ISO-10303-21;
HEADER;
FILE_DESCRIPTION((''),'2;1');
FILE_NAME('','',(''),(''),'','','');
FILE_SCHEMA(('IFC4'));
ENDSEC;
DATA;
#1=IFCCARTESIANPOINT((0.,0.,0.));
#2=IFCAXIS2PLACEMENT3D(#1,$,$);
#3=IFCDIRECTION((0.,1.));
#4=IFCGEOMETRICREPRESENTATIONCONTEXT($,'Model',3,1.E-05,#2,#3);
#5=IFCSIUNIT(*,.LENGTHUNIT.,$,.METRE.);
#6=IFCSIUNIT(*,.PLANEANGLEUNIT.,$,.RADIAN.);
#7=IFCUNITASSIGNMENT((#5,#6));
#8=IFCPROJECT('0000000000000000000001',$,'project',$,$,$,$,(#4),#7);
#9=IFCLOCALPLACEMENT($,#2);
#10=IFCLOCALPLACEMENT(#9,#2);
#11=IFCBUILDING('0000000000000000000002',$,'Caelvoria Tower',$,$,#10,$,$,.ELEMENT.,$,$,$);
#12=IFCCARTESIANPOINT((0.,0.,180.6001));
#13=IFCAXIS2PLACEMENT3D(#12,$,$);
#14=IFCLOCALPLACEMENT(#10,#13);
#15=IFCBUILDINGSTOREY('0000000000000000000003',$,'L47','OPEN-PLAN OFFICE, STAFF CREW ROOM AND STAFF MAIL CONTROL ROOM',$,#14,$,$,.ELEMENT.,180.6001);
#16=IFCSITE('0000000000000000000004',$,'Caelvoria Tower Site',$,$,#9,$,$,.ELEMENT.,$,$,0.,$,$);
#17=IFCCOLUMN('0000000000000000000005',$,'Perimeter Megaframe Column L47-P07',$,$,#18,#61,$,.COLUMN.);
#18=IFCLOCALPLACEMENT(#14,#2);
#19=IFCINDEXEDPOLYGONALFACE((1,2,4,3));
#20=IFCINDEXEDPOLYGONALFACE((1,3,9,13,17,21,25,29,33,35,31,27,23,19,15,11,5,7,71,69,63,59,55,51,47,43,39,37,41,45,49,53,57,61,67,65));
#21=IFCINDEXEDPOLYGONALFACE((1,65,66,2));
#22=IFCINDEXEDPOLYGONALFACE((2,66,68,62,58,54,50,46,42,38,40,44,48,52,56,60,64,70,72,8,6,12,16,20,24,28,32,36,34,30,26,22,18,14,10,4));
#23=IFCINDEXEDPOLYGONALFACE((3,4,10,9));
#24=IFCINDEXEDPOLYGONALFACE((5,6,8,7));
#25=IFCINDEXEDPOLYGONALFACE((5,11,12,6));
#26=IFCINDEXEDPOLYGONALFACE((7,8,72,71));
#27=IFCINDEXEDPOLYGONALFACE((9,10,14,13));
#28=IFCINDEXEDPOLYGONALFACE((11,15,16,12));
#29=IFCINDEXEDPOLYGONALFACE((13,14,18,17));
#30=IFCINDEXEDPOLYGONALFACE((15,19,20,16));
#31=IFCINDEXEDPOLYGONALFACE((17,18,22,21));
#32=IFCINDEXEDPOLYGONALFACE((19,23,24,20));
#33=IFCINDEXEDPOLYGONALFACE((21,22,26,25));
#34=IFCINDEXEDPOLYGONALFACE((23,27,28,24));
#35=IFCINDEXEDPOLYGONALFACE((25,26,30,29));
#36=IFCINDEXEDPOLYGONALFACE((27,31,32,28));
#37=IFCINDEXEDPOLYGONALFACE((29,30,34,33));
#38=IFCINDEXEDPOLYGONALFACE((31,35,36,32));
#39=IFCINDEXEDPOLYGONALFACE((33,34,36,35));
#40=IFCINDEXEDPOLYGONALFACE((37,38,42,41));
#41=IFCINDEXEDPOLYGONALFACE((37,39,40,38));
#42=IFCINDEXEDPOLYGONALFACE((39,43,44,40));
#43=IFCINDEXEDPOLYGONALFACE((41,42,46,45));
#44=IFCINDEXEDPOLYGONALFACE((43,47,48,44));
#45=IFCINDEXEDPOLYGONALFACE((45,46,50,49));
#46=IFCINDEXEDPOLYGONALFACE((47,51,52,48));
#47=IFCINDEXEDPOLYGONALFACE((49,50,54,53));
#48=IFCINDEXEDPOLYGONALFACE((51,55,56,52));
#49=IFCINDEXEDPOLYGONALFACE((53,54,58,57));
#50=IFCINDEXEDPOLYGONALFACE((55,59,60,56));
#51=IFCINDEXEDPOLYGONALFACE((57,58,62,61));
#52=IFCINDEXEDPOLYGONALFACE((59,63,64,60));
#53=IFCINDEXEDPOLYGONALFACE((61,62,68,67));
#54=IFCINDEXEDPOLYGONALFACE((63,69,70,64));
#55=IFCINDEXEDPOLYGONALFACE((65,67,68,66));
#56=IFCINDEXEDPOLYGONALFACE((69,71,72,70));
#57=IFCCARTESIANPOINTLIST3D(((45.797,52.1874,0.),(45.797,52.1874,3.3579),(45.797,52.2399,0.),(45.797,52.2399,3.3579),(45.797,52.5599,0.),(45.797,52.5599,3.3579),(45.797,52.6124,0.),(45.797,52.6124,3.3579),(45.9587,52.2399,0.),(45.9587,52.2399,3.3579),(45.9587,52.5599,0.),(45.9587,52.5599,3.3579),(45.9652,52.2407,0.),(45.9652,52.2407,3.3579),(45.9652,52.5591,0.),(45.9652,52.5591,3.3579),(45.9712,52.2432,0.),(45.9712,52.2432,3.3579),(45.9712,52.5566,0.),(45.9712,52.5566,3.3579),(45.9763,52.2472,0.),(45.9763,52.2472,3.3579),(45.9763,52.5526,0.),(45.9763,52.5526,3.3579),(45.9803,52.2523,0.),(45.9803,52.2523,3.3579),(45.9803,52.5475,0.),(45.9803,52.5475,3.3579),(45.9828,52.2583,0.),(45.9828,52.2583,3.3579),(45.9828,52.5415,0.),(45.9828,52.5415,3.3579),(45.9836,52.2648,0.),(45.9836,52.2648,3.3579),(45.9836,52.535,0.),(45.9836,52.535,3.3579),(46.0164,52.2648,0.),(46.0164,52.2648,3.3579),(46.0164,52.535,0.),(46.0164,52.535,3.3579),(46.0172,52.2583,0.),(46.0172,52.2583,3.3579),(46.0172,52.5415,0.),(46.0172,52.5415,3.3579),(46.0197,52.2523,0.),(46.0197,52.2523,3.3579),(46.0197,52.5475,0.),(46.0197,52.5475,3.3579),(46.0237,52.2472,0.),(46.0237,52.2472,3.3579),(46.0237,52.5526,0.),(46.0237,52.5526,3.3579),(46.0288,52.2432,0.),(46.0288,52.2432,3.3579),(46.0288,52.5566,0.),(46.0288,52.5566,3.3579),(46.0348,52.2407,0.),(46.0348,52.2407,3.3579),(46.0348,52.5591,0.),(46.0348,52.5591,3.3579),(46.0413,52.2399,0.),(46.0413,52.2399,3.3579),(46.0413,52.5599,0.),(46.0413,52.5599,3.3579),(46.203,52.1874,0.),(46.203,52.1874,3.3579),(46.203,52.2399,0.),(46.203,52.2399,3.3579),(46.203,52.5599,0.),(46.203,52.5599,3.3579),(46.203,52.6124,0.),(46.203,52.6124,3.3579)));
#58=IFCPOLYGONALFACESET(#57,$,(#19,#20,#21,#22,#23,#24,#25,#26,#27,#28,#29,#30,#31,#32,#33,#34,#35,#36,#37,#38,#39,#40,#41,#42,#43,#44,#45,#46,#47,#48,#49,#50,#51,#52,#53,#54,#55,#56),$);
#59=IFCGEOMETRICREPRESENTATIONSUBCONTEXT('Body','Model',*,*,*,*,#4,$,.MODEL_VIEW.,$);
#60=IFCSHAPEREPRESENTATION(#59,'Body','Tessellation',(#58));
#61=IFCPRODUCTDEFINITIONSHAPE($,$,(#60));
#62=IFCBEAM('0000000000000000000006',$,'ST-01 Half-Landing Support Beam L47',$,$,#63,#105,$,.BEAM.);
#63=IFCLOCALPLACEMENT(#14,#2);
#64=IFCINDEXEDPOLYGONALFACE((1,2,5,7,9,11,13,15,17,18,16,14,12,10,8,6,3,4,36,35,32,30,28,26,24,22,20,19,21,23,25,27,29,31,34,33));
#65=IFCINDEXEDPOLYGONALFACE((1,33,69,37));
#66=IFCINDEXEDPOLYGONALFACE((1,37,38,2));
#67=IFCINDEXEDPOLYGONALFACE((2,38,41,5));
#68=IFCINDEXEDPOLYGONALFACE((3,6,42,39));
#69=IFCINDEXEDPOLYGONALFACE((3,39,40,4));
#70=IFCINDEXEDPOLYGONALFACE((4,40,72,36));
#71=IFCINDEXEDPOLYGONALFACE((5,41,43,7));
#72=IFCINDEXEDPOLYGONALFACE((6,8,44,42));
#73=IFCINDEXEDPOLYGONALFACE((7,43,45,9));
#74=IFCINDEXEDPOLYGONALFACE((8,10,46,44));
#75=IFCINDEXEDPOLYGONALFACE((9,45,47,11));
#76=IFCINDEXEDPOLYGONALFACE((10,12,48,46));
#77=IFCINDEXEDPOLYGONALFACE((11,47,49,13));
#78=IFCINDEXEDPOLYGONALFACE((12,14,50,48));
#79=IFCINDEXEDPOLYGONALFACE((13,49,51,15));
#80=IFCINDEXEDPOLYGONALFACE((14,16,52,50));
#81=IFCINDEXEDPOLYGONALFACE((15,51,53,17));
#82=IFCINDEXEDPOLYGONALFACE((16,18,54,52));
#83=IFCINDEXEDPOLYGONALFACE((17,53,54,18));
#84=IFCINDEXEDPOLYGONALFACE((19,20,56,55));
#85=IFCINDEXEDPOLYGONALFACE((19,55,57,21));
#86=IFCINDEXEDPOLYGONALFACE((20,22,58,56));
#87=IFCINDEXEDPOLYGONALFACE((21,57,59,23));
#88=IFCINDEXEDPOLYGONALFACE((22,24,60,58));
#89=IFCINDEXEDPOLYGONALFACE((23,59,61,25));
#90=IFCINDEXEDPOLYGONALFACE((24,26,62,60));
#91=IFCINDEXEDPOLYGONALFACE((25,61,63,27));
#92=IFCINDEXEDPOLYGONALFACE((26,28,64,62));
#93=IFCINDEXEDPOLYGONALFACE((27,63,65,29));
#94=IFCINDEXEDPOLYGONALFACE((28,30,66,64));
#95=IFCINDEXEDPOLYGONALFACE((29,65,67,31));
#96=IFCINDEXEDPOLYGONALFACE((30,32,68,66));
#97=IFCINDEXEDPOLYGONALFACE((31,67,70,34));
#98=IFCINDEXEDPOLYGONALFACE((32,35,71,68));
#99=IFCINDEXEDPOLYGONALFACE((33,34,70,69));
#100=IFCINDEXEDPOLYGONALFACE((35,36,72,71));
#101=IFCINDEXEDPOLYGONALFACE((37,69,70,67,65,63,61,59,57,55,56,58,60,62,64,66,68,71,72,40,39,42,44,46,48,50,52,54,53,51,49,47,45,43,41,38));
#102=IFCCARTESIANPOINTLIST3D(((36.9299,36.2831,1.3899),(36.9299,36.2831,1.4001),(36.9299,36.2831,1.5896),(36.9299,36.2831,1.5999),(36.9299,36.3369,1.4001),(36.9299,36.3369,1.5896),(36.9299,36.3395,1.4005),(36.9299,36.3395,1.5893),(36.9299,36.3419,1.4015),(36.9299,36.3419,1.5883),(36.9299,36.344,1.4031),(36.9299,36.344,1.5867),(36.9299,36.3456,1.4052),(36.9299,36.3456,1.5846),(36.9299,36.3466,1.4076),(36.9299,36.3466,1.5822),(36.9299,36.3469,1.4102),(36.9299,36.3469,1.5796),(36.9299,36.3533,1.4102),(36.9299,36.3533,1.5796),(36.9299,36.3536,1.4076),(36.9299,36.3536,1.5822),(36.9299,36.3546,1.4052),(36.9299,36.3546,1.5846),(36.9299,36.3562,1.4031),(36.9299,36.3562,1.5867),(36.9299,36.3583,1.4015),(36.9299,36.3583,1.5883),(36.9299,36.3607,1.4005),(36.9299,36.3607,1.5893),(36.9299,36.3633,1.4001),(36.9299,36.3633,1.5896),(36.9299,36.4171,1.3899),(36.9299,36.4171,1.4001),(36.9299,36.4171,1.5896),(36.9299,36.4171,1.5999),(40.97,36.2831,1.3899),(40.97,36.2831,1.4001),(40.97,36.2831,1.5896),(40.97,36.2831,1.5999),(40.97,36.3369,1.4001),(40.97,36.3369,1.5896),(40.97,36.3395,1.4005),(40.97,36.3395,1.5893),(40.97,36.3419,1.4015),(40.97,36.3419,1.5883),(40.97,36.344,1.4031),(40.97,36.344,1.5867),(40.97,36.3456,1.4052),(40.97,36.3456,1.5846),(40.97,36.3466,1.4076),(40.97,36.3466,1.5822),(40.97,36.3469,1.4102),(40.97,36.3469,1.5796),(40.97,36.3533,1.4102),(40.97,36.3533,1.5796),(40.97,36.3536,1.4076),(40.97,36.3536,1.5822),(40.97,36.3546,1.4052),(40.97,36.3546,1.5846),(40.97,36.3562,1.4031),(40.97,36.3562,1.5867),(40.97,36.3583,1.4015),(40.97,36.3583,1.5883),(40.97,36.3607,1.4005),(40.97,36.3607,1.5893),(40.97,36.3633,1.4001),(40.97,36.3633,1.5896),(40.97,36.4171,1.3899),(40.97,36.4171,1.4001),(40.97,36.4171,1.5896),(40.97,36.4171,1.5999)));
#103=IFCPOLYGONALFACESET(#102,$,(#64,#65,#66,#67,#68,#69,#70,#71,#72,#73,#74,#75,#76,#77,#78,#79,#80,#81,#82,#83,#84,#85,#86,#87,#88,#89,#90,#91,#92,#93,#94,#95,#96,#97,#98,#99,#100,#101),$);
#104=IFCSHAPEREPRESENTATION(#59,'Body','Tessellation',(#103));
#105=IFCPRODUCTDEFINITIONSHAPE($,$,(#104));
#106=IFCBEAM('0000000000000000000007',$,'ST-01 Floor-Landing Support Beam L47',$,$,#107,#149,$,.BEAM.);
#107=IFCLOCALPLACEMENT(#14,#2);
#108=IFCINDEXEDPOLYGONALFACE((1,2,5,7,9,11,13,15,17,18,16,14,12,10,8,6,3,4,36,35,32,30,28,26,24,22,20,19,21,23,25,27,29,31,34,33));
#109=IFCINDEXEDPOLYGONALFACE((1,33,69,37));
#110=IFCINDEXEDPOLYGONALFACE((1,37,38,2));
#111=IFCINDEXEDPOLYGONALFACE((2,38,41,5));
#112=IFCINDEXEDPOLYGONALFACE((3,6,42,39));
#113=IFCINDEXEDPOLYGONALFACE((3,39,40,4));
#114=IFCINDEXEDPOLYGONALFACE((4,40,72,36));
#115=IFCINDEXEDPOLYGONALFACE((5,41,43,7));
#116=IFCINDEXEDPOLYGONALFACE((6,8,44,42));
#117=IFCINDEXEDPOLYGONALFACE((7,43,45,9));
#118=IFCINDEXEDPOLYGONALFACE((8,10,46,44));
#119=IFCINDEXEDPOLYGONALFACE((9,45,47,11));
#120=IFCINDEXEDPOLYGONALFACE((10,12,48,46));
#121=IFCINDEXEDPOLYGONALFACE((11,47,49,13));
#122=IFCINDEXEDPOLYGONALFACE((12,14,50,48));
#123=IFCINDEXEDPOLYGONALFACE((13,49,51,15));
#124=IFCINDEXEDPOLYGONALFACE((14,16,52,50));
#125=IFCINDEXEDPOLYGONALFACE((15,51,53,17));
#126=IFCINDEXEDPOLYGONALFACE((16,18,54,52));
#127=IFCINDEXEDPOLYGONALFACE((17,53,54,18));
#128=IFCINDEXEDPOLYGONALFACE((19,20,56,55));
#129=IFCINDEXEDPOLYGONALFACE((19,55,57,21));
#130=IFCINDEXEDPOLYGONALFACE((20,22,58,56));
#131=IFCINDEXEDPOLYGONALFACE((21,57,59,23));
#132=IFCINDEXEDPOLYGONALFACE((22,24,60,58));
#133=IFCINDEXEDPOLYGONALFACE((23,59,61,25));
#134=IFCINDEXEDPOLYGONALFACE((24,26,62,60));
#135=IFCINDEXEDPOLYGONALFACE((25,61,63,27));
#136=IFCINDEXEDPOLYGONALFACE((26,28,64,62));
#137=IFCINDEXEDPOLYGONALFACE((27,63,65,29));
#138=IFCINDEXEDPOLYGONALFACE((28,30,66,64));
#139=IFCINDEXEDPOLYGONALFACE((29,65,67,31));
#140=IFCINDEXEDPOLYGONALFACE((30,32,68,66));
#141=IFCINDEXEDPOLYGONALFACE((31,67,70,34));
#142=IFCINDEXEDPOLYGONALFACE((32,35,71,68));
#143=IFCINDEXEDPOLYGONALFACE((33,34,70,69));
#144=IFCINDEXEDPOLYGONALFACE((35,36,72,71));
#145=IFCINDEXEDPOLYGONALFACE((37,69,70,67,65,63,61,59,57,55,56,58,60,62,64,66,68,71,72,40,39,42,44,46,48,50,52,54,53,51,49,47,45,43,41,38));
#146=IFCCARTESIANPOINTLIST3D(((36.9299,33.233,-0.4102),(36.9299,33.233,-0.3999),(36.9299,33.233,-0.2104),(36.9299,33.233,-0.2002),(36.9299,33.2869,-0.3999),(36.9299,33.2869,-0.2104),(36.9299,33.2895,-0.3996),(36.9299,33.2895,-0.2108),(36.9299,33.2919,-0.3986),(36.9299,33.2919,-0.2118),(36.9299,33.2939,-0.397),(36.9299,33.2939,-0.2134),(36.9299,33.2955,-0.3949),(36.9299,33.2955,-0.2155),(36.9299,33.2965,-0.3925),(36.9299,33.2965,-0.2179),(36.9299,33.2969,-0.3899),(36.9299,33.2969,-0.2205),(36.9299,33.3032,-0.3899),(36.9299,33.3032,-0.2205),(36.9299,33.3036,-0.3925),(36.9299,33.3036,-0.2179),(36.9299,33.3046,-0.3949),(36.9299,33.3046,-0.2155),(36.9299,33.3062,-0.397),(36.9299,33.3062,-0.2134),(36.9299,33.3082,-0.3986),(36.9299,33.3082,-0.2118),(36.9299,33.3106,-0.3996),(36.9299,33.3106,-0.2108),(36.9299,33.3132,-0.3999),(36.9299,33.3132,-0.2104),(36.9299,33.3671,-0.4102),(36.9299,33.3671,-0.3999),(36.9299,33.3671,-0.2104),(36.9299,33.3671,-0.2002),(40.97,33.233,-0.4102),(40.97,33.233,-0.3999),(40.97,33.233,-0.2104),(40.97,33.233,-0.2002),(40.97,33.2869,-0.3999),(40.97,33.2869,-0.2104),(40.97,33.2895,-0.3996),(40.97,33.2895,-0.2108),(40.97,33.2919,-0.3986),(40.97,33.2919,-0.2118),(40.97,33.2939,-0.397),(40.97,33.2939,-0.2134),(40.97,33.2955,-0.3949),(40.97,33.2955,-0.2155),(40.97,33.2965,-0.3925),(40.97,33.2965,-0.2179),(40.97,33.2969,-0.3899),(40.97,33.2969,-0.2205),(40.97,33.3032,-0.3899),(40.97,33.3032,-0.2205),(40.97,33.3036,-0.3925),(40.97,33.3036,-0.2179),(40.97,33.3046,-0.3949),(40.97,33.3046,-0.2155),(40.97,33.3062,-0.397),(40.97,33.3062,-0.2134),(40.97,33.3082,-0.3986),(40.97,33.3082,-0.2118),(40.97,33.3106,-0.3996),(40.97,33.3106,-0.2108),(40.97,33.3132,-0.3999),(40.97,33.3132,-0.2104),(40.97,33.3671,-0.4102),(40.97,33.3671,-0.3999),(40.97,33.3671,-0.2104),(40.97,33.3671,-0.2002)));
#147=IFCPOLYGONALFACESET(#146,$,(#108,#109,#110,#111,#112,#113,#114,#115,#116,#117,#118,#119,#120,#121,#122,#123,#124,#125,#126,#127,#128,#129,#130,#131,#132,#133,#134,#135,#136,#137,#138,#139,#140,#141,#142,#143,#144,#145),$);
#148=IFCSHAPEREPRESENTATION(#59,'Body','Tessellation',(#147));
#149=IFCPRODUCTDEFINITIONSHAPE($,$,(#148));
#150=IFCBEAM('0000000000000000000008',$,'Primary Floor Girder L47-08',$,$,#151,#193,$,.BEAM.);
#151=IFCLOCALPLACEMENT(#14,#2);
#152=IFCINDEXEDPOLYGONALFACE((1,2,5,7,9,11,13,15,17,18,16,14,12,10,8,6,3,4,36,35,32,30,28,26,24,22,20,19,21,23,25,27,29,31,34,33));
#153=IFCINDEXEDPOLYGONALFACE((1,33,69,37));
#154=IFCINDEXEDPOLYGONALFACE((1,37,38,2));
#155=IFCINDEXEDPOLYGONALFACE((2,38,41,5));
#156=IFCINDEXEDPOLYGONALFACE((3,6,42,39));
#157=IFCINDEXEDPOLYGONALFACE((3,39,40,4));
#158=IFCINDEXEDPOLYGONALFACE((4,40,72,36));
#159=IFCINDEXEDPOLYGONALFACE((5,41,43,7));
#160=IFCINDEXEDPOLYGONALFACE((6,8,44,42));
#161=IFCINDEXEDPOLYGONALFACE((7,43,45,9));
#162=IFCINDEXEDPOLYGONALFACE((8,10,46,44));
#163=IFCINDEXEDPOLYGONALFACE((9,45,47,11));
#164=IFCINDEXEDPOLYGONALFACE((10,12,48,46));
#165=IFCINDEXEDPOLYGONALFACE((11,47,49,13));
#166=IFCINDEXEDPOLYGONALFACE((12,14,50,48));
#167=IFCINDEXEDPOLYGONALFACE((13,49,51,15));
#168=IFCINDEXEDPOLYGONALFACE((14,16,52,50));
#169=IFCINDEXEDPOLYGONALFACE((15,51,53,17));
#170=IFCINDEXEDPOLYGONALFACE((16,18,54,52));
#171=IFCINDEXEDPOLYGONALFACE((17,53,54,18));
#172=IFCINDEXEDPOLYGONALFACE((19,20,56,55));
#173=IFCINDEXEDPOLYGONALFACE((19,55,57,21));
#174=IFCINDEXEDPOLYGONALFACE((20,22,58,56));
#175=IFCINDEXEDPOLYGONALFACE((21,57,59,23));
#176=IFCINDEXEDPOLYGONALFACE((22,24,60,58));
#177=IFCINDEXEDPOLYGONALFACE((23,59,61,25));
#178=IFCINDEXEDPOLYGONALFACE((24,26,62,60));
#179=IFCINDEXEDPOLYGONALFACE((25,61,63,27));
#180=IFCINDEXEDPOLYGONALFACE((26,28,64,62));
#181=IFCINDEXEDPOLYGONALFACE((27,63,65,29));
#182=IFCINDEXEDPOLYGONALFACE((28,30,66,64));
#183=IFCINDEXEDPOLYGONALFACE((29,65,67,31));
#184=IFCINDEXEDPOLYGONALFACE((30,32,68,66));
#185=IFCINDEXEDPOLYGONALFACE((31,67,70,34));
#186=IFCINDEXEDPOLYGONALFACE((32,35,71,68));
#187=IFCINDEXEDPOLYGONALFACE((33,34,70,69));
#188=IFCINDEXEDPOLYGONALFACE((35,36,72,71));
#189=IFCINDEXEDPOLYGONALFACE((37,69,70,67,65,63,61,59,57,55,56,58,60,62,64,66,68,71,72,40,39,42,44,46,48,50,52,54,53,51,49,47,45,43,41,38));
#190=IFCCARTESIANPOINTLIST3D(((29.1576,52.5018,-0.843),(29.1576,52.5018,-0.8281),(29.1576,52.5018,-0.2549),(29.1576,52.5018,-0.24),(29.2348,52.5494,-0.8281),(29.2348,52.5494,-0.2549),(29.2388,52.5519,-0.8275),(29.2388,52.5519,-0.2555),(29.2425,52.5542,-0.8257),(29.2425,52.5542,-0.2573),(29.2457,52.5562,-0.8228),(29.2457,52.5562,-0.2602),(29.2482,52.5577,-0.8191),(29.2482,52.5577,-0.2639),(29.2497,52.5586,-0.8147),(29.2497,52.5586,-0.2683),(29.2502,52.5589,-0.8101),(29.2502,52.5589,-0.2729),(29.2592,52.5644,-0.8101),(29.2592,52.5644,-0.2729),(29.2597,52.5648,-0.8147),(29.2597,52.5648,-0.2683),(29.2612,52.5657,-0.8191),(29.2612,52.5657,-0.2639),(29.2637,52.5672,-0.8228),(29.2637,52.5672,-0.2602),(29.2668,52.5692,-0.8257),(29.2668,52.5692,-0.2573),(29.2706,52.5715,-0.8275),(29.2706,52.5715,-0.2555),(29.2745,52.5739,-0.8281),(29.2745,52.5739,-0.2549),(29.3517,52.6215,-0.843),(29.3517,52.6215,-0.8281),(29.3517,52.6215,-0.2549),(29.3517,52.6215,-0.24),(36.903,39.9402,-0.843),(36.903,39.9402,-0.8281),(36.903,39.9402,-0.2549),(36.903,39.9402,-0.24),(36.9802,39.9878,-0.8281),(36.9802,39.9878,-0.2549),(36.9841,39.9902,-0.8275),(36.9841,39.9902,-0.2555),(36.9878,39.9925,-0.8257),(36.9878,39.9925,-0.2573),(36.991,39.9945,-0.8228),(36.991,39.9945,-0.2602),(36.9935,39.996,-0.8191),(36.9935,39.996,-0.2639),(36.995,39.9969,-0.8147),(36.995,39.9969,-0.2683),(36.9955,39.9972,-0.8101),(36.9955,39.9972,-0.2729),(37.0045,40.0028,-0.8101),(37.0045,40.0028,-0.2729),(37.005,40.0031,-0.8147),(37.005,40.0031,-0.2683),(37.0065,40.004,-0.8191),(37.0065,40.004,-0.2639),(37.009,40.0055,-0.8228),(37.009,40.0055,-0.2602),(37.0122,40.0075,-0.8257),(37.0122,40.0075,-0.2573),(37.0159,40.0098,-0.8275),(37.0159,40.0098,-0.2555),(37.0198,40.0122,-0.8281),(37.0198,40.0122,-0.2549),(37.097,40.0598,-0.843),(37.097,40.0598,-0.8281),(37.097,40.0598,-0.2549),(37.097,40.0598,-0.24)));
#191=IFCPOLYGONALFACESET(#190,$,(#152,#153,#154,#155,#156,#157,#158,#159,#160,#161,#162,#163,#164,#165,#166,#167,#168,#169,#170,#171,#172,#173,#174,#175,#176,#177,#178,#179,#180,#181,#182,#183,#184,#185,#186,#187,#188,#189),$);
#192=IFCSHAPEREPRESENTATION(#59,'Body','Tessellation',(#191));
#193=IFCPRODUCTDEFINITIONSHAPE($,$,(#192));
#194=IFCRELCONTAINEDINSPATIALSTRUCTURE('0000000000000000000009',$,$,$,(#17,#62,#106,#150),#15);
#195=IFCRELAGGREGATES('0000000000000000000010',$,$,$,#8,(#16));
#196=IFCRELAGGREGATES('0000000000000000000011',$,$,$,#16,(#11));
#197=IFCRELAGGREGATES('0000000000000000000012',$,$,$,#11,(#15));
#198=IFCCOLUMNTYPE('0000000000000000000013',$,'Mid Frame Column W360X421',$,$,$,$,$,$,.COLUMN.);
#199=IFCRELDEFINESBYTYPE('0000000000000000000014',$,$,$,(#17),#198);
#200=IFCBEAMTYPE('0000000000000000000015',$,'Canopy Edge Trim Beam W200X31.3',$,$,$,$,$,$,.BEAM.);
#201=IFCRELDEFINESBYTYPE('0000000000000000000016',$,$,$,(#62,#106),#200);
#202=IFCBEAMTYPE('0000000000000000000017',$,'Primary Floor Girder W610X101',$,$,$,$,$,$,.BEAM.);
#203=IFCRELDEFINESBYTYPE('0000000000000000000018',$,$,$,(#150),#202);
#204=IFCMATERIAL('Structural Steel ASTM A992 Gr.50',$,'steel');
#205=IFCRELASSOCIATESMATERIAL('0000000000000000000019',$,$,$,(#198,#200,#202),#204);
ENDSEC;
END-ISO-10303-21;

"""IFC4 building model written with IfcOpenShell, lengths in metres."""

from ifc_helpers import new_model, si_unit, direction, frame, origin, origin_2d, place, context, subcontext, project, spatial, i_section, extrude, material, material_profile, profile_set, type_object, element, save


model = new_model("IFC4")

# Units and contexts
model_context = context("Model", 3, precision=1e-05, world=origin(), true_north=direction((0.0, 1.0)))
body_context = subcontext(model_context, "Body", "Model", "MODEL_VIEW")
ifc_project = project(units=[si_unit("LENGTHUNIT", "METRE"), si_unit("PLANEANGLEUNIT", "RADIAN")], contexts=[model_context])

# Site, building, storey
site_placement = place(None, origin())
site = spatial("IfcSite", under=ifc_project, at=site_placement, Name="Caelvoria Tower Site", CompositionType="ELEMENT", RefElevation=0.0)
building_placement = place(site_placement, origin())
building = spatial("IfcBuilding", under=site, at=building_placement, Name="Caelvoria Tower", CompositionType="ELEMENT")
storey_placement = place(building_placement, frame((0.0, 0.0, 180.6001)))
storey = spatial("IfcBuildingStorey", under=building, at=storey_placement, Name="L47", Description="OPEN-PLAN OFFICE, STAFF CREW ROOM AND STAFF MAIL CONTROL ROOM", CompositionType="ELEMENT", Elevation=180.6001)

# Column
ifc_material_1 = material(Name="Structural Steel ASTM A992 Gr.50", Category="steel")
ifc_material_profile_1 = material_profile(ifc_material_1, i_section(OverallWidth=0.406, OverallDepth=0.425, WebThickness=0.0327, FlangeThickness=0.0525, FilletRadius=0.0249, at=origin_2d()), Name="Structural Steel ASTM A992 Gr.50")
ifc_profile_set_1 = profile_set([ifc_material_profile_1], Name="W360X421 - Structural Steel ASTM A992 Gr.50")
column_type = type_object("IfcColumnType", Name="Mid Frame Column W360X421", PredefinedType="COLUMN", material=ifc_profile_set_1)
column_placement = place(storey_placement, frame((46.0, 52.3999, 0.0), z_axis=(0.0, 0.0, 1.0), x_axis=(1.0, 0.0, 0.0)))
element("IfcColumn", 1, at=column_placement, inside=storey, type_object=column_type, Name="Perimeter Megaframe Column L47-P07", PredefinedType="COLUMN", context=body_context, shape_type="SweptSolid", body=[
    extrude(i_section(OverallWidth=0.406, OverallDepth=0.425, WebThickness=0.0327, FlangeThickness=0.0525, FilletRadius=0.0249, at=origin_2d()), origin(), (0.0, 0.0, 1.0), 3.3579),
])

# Beams
ifc_material_profile_2 = material_profile(ifc_material_1, i_section(OverallWidth=0.134, OverallDepth=0.21, WebThickness=0.0063, FlangeThickness=0.0103, FilletRadius=0.01, at=origin_2d()), Name="Structural Steel ASTM A992 Gr.50")
ifc_profile_set_2 = profile_set([ifc_material_profile_2], Name="W200X31.3 - Structural Steel ASTM A992 Gr.50")
beam_type_1 = type_object("IfcBeamType", Name="Canopy Edge Trim Beam W200X31.3", PredefinedType="BEAM", material=ifc_profile_set_2)
for number, where, z_axis, x_axis, name in (
    (2, (36.9299, 36.3501, 1.4949), (1.0, 0.0, 0.0), (0.0, 1.0, 0.0), "ST-01 Half-Landing Support Beam L47"),
    (3, (36.9299, 33.3, -0.3052), (1.0, 0.0, 0.0), (0.0, 1.0, 0.0), "ST-01 Floor-Landing Support Beam L47"),
):
    element("IfcBeam", number, at=place(storey_placement, frame(where, z_axis=z_axis, x_axis=x_axis)), inside=storey, type_object=beam_type_1, Name=name, PredefinedType="BEAM", context=body_context, shape_type="SweptSolid", body=[
        extrude(i_section(OverallWidth=0.134, OverallDepth=0.21, WebThickness=0.0063, FlangeThickness=0.0103, FilletRadius=0.01, at=origin_2d()), origin(), (0.0, 0.0, 1.0), 4.04),
    ])
ifc_material_profile_3 = material_profile(ifc_material_1, i_section(OverallWidth=0.228, OverallDepth=0.603, WebThickness=0.0105, FlangeThickness=0.0149, FilletRadius=0.0181, at=origin_2d()), Name="Structural Steel ASTM A992 Gr.50")
ifc_profile_set_3 = profile_set([ifc_material_profile_3], Name="W610X101 - Structural Steel ASTM A992 Gr.50")
beam_type_2 = type_object("IfcBeamType", Name="Primary Floor Girder W610X101", PredefinedType="BEAM", material=ifc_profile_set_3)
beam_1_placement = place(storey_placement, frame((37.0, 40.0, -0.5415), z_axis=(-0.524837, 0.851203, 0.0), x_axis=(-0.851203, -0.524837, 0.0)))
element("IfcBeam", 4, at=beam_1_placement, inside=storey, type_object=beam_type_2, Name="Primary Floor Girder L47-08", PredefinedType="BEAM", context=body_context, shape_type="SweptSolid", body=[
    extrude(i_section(OverallWidth=0.228, OverallDepth=0.603, WebThickness=0.0105, FlangeThickness=0.0149, FilletRadius=0.0181, at=origin_2d()), origin(), (0.0, 0.0, 1.0), 14.7576),
])

save(model, "model.ifc")
